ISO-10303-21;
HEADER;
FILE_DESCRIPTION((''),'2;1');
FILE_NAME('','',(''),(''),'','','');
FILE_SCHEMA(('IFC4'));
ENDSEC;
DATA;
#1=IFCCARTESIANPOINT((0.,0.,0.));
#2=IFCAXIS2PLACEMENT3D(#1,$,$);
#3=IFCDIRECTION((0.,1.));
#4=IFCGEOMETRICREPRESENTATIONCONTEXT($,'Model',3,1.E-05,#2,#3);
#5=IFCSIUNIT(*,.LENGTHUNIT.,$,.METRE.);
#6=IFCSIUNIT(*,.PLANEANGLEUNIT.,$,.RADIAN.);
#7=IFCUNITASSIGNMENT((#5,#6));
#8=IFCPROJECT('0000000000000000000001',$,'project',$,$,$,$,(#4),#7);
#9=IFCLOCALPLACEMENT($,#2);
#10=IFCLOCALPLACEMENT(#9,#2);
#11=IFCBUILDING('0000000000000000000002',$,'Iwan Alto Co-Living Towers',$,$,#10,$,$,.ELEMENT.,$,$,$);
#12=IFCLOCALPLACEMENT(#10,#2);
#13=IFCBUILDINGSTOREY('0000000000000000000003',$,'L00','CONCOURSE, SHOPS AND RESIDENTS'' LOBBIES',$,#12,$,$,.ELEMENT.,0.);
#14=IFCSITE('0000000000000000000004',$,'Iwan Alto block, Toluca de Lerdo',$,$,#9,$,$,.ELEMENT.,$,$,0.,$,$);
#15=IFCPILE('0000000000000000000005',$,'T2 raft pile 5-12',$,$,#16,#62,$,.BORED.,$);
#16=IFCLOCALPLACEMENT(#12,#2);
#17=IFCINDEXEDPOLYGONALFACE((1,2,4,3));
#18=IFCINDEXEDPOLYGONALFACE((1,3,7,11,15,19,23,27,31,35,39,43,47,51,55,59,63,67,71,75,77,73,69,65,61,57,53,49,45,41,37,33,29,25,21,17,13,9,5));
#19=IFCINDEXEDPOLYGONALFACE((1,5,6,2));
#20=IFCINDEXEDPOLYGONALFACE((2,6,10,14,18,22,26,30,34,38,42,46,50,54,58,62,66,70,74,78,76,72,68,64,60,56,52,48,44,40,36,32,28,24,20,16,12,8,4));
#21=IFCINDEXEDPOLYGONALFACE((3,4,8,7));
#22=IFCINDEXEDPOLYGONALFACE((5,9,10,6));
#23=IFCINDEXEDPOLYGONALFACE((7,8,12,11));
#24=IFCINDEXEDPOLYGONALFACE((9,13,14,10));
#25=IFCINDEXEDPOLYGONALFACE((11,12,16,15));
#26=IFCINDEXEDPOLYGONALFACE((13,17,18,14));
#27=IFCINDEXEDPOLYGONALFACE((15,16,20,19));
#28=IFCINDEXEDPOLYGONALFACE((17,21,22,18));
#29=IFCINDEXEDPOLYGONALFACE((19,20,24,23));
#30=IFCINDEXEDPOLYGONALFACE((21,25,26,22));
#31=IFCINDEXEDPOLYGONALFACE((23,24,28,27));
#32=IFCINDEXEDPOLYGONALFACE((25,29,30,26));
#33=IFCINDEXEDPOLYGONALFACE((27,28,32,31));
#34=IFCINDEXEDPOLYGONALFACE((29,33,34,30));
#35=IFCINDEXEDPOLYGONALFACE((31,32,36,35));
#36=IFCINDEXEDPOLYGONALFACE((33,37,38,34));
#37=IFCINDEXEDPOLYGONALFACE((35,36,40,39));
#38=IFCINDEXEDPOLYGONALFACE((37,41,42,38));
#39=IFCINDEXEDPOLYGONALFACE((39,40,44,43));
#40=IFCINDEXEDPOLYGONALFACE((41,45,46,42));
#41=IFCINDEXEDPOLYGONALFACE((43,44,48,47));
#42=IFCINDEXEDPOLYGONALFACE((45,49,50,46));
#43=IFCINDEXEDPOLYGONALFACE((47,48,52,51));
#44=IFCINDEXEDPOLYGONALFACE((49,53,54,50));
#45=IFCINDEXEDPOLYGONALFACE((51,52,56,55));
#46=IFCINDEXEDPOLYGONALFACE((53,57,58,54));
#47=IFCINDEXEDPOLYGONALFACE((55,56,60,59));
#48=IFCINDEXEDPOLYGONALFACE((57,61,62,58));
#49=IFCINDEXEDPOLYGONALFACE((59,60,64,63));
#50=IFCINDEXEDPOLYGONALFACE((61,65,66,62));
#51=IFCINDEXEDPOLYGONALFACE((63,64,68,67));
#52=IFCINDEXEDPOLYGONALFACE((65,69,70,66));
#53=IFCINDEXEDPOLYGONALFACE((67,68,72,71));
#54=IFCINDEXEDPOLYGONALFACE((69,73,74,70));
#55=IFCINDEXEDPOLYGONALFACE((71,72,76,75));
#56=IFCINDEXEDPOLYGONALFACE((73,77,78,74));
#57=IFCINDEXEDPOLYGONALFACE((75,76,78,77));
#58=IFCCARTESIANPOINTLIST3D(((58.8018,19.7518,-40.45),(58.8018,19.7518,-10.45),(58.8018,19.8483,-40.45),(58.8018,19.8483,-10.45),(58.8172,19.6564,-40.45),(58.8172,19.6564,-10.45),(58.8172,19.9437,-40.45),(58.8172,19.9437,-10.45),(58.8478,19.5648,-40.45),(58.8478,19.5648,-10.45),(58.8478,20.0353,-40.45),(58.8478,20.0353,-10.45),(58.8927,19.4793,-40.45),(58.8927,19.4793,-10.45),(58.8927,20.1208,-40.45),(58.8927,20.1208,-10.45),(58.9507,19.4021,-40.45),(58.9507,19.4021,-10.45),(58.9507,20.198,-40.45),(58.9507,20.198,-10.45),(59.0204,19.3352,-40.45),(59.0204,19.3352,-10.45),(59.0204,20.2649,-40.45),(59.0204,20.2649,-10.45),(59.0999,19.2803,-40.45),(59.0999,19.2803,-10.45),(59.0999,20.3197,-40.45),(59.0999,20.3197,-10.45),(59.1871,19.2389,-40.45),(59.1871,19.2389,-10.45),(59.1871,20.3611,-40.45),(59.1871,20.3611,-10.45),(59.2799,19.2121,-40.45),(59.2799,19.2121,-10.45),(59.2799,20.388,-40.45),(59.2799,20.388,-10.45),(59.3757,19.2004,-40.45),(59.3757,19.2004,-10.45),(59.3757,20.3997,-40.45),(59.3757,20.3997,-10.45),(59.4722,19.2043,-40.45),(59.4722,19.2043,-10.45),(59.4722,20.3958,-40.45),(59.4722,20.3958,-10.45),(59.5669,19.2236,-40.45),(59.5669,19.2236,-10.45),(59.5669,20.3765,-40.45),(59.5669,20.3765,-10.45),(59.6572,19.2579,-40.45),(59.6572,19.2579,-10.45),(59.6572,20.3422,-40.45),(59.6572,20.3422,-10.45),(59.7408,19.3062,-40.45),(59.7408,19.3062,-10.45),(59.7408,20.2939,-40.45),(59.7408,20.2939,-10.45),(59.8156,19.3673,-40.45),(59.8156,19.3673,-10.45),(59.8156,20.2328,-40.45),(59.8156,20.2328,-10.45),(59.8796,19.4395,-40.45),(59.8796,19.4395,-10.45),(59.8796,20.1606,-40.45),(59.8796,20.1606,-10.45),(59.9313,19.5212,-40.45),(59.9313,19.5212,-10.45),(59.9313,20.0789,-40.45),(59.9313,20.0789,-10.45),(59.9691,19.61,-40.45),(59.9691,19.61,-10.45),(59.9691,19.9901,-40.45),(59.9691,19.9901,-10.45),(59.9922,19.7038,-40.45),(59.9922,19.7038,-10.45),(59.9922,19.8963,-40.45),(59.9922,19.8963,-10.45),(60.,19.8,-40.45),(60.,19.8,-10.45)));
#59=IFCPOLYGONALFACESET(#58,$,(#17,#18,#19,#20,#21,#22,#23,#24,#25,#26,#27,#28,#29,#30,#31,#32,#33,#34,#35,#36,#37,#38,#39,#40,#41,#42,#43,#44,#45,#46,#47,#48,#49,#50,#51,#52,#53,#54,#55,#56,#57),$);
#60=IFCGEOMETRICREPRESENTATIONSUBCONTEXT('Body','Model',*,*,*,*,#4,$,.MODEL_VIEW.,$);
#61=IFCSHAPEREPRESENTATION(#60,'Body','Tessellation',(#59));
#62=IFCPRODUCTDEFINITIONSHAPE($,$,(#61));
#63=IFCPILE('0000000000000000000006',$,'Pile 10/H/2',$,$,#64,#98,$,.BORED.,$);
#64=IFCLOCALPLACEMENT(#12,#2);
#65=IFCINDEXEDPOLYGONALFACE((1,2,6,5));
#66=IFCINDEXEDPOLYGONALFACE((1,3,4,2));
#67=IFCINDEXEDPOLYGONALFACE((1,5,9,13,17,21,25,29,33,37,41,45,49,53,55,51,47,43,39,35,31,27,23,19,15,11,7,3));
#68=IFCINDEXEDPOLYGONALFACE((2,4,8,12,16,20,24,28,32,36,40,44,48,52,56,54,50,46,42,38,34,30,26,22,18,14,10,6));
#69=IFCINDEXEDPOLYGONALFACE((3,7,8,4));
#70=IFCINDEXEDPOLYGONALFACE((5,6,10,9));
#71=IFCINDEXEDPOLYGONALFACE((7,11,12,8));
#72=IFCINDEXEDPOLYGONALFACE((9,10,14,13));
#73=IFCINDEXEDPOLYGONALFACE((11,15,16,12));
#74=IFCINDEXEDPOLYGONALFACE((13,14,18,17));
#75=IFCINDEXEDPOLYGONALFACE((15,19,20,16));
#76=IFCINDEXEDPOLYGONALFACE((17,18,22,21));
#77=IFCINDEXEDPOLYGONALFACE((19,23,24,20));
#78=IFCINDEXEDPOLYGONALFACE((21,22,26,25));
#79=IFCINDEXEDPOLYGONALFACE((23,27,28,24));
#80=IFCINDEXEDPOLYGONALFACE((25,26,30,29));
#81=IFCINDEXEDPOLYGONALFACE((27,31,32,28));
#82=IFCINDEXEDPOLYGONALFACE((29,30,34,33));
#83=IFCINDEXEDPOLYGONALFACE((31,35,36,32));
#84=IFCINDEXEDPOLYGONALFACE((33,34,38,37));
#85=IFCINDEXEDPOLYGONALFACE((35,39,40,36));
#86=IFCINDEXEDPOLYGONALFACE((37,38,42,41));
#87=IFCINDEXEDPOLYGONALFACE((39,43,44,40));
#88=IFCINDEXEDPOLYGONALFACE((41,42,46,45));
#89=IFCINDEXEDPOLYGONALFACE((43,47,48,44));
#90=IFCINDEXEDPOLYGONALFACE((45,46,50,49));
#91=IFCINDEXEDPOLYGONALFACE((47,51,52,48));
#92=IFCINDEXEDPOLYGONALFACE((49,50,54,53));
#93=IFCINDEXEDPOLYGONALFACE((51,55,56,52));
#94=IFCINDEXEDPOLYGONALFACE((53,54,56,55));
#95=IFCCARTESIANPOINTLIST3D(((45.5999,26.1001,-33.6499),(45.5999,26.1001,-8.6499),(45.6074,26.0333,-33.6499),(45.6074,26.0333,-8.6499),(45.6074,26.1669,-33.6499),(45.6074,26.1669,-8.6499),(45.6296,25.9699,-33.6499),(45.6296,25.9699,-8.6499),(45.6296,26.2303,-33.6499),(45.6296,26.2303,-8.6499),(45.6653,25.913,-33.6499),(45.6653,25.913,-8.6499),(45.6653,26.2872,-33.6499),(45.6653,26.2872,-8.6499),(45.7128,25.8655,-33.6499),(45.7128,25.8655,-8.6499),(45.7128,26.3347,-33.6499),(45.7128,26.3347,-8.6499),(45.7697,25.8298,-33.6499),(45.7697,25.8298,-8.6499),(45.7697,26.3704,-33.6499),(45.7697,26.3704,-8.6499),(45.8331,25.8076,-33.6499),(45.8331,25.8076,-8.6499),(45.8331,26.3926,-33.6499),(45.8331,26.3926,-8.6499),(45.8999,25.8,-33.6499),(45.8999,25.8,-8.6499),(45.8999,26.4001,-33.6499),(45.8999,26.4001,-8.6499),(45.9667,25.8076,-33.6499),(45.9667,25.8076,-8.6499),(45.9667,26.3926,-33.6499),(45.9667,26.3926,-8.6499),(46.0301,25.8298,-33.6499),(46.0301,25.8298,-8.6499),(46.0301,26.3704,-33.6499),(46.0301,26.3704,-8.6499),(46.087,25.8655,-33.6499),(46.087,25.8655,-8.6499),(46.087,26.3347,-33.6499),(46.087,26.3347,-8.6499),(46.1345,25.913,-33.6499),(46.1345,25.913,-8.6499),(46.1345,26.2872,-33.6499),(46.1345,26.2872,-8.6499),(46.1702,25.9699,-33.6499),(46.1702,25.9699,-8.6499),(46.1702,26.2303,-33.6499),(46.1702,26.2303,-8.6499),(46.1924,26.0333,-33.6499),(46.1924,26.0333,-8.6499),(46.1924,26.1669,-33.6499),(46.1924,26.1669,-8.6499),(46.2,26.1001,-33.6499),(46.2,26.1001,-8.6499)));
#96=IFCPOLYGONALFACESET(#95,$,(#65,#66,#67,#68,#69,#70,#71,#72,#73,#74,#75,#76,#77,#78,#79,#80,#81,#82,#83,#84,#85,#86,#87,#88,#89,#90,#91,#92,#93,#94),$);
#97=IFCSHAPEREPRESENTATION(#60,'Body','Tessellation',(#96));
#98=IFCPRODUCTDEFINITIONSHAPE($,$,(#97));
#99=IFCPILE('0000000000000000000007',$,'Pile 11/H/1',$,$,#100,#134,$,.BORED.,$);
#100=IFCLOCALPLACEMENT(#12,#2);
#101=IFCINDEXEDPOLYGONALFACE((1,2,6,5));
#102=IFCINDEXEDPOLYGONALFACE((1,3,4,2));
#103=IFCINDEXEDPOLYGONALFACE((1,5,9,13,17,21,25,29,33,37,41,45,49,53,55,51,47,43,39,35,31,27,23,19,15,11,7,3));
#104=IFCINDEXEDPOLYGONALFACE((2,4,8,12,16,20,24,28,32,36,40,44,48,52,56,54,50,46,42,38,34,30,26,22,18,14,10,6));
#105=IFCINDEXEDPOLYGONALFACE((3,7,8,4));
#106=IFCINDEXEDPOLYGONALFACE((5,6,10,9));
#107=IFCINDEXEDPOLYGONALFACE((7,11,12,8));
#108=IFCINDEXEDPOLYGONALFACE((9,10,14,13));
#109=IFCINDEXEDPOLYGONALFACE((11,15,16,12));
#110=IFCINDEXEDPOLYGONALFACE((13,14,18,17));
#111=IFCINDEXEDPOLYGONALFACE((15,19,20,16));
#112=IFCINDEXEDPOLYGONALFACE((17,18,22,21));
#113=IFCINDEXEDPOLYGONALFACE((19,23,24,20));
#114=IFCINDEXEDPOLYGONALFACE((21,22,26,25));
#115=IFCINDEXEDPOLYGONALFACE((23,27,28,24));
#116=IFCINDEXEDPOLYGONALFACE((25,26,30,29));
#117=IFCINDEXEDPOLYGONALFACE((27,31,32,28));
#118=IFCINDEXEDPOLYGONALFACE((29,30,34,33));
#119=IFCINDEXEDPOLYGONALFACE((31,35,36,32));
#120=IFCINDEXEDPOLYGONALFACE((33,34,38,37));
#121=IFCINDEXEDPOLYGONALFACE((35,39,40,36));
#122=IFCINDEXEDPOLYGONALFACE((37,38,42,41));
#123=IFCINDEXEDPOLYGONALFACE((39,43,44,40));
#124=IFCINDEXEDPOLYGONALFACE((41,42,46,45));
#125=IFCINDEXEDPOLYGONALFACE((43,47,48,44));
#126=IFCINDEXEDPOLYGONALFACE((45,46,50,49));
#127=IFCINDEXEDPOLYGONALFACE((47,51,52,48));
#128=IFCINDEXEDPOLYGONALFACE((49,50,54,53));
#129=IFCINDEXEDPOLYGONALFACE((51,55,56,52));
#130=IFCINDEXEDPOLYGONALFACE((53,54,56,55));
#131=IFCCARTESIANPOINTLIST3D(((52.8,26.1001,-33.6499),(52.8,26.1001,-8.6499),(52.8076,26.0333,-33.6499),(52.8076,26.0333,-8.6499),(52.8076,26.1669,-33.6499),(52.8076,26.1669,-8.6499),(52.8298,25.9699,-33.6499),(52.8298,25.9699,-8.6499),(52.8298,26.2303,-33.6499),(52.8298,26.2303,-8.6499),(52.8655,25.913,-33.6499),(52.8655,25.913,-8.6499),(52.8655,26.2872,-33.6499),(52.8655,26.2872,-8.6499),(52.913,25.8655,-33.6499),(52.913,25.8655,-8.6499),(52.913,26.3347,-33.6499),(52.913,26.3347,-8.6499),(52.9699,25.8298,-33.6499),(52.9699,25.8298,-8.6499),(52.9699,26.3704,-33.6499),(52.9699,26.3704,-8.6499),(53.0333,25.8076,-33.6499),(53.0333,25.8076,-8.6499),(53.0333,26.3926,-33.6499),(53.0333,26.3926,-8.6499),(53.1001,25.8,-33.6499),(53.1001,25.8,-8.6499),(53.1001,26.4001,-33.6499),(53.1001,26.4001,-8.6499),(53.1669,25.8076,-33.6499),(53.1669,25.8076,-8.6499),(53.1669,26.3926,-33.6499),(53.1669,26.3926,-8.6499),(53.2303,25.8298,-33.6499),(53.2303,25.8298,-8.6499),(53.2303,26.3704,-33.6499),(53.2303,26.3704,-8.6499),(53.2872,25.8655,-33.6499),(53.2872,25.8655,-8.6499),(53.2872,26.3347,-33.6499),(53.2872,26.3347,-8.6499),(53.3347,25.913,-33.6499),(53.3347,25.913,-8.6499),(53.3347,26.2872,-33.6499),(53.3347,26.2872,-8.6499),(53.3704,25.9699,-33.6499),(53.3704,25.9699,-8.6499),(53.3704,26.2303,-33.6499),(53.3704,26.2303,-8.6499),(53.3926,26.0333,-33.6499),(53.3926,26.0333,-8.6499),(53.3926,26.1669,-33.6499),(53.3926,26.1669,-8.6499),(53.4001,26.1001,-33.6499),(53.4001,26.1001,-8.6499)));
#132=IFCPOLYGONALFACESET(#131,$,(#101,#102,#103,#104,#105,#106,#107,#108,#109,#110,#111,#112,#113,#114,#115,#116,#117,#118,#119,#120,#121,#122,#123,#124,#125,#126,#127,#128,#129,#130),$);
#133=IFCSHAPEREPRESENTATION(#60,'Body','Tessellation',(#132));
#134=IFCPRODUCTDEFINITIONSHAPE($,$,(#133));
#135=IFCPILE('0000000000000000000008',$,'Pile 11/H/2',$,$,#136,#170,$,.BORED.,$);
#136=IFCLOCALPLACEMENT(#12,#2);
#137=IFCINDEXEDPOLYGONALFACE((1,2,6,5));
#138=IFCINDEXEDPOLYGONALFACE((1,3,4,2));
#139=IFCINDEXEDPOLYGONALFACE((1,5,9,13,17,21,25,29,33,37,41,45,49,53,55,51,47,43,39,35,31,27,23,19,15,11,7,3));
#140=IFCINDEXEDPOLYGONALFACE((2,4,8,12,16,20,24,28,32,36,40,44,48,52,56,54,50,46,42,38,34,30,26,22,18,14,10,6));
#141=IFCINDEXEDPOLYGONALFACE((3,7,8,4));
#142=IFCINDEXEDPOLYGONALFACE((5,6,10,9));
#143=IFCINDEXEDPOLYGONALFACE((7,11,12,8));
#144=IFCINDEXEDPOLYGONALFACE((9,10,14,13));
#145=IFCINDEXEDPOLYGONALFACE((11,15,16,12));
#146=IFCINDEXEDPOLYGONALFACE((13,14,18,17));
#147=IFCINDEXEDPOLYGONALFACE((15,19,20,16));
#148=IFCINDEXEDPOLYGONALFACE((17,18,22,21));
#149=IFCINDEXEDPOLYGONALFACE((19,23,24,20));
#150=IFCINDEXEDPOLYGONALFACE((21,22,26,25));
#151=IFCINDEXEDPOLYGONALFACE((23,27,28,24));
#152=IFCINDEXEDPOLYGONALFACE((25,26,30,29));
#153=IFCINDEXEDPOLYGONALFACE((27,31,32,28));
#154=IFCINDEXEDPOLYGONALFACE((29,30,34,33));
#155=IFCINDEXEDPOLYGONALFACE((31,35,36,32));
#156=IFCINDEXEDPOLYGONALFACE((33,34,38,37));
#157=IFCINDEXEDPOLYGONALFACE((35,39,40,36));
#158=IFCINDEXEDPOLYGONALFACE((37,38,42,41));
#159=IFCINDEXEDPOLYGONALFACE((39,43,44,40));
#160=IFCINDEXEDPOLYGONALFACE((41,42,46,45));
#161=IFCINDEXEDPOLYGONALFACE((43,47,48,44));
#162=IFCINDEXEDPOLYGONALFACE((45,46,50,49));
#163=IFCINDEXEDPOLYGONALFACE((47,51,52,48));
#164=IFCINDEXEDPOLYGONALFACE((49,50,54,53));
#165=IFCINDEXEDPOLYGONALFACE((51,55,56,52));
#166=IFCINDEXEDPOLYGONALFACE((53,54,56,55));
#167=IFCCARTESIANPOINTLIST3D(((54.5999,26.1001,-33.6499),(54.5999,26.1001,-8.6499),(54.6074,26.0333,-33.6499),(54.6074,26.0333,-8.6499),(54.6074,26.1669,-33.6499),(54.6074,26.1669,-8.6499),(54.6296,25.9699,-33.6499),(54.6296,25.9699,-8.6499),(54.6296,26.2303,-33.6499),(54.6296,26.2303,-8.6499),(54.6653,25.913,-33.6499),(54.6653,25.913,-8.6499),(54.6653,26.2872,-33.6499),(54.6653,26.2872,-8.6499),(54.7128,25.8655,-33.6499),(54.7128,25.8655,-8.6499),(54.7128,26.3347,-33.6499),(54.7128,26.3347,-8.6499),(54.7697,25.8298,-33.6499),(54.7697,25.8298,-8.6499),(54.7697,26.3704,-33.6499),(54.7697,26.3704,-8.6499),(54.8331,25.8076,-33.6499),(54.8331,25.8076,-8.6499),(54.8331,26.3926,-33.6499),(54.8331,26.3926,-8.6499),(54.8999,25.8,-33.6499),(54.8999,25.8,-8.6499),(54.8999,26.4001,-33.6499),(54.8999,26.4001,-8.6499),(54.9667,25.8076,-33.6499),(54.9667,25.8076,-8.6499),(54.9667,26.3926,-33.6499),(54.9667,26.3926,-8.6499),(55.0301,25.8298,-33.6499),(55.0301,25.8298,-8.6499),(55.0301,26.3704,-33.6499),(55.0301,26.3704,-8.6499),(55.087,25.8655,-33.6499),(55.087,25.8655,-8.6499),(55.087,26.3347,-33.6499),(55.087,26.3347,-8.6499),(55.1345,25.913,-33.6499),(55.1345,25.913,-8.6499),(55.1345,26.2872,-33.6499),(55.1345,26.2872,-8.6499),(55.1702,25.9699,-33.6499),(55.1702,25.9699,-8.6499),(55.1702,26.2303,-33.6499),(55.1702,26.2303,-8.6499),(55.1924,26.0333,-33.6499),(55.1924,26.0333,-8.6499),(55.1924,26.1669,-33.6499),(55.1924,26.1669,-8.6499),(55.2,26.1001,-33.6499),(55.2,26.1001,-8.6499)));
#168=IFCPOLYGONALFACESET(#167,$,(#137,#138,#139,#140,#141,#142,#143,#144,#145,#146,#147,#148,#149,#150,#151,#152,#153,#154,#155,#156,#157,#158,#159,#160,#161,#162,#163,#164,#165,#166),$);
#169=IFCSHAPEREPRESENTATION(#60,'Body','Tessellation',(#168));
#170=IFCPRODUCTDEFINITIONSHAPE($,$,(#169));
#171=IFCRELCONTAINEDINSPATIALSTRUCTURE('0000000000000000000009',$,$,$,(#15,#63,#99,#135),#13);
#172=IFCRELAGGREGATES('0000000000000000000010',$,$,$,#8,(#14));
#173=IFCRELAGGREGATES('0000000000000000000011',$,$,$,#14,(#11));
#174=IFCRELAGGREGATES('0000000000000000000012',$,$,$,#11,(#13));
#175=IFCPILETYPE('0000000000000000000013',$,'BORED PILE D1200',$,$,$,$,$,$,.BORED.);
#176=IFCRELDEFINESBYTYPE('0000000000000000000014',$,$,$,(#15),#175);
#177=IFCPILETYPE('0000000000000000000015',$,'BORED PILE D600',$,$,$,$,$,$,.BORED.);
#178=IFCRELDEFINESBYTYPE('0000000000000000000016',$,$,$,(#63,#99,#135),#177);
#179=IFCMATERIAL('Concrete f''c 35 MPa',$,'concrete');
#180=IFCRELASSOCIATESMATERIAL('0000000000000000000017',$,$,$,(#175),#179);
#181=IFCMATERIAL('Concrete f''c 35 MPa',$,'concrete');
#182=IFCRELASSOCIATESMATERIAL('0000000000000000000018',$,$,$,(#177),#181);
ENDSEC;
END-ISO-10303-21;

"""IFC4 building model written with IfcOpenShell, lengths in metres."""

from ifc_helpers import new_model, si_unit, direction, frame, origin, origin_2d, place, context, subcontext, project, spatial, circle, extrude, material, material_profile, profile_set, type_object, element, save


model = new_model("IFC4")

# Units and contexts
model_context = context("Model", 3, precision=1e-05, world=origin(), true_north=direction((0.0, 1.0)))
body_context = subcontext(model_context, "Body", "Model", "MODEL_VIEW")
ifc_project = project(units=[si_unit("LENGTHUNIT", "METRE"), si_unit("PLANEANGLEUNIT", "RADIAN")], contexts=[model_context])

# Site, building, storey
site_placement = place(None, origin())
site = spatial("IfcSite", under=ifc_project, at=site_placement, Name="Iwan Alto block, Toluca de Lerdo", CompositionType="ELEMENT", RefElevation=0.0)
building_placement = place(site_placement, origin())
building = spatial("IfcBuilding", under=site, at=building_placement, Name="Iwan Alto Co-Living Towers", CompositionType="ELEMENT")
storey_placement = place(building_placement, origin())
storey = spatial("IfcBuildingStorey", under=building, at=storey_placement, Name="L00", Description="CONCOURSE, SHOPS AND RESIDENTS' LOBBIES", CompositionType="ELEMENT", Elevation=0.0)

# Piles
ifc_material_1 = material(Name="Concrete f'c 35 MPa", Category="concrete")
ifc_material_profile_1 = material_profile(ifc_material_1, circle(Radius=0.6001, at=origin_2d()), Name="D1200")
ifc_profile_set_1 = profile_set([ifc_material_profile_1], Name="Concrete f'c 35 MPa")
pile_type_1 = type_object("IfcPileType", Name="BORED PILE D1200", PredefinedType="BORED", material=ifc_profile_set_1)
for number, where, z_axis, x_axis, name in (
    (1, (59.3999, 19.8, -10.45), (0.0, 0.0, -1.0), (1.0, 0.0, 0.0), "T2 raft pile 5-12"),
):
    element("IfcPile", number, at=place(storey_placement, frame(where, z_axis=z_axis, x_axis=x_axis)), inside=storey, type_object=pile_type_1, Name=name, PredefinedType="BORED", context=body_context, shape_type="SweptSolid", body=[
        extrude(circle(Radius=0.6001, at=origin_2d()), origin(), (0.0, 0.0, 1.0), 30.0),
    ])
ifc_material_2 = material(Name="Concrete f'c 35 MPa", Category="concrete")
ifc_material_profile_2 = material_profile(ifc_material_2, circle(Radius=0.3, at=origin_2d()), Name="D600")
ifc_profile_set_2 = profile_set([ifc_material_profile_2], Name="Concrete f'c 35 MPa")
pile_type_2 = type_object("IfcPileType", Name="BORED PILE D600", PredefinedType="BORED", material=ifc_profile_set_2)
for number, where, z_axis, x_axis, name in (
    (2, (45.8999, 26.1001, -8.6499), (0.0, 0.0, -1.0), (1.0, 0.0, 0.0), "Pile 10/H/2"),
    (3, (53.1001, 26.1001, -8.6499), (0.0, 0.0, -1.0), (1.0, 0.0, 0.0), "Pile 11/H/1"),
    (4, (54.8999, 26.1001, -8.6499), (0.0, 0.0, -1.0), (1.0, 0.0, 0.0), "Pile 11/H/2"),
):
    element("IfcPile", number, at=place(storey_placement, frame(where, z_axis=z_axis, x_axis=x_axis)), inside=storey, type_object=pile_type_2, Name=name, PredefinedType="BORED", context=body_context, shape_type="SweptSolid", body=[
        extrude(circle(Radius=0.3, at=origin_2d()), origin(), (0.0, 0.0, 1.0), 25.0),
    ])

save(model, "model.ifc")
